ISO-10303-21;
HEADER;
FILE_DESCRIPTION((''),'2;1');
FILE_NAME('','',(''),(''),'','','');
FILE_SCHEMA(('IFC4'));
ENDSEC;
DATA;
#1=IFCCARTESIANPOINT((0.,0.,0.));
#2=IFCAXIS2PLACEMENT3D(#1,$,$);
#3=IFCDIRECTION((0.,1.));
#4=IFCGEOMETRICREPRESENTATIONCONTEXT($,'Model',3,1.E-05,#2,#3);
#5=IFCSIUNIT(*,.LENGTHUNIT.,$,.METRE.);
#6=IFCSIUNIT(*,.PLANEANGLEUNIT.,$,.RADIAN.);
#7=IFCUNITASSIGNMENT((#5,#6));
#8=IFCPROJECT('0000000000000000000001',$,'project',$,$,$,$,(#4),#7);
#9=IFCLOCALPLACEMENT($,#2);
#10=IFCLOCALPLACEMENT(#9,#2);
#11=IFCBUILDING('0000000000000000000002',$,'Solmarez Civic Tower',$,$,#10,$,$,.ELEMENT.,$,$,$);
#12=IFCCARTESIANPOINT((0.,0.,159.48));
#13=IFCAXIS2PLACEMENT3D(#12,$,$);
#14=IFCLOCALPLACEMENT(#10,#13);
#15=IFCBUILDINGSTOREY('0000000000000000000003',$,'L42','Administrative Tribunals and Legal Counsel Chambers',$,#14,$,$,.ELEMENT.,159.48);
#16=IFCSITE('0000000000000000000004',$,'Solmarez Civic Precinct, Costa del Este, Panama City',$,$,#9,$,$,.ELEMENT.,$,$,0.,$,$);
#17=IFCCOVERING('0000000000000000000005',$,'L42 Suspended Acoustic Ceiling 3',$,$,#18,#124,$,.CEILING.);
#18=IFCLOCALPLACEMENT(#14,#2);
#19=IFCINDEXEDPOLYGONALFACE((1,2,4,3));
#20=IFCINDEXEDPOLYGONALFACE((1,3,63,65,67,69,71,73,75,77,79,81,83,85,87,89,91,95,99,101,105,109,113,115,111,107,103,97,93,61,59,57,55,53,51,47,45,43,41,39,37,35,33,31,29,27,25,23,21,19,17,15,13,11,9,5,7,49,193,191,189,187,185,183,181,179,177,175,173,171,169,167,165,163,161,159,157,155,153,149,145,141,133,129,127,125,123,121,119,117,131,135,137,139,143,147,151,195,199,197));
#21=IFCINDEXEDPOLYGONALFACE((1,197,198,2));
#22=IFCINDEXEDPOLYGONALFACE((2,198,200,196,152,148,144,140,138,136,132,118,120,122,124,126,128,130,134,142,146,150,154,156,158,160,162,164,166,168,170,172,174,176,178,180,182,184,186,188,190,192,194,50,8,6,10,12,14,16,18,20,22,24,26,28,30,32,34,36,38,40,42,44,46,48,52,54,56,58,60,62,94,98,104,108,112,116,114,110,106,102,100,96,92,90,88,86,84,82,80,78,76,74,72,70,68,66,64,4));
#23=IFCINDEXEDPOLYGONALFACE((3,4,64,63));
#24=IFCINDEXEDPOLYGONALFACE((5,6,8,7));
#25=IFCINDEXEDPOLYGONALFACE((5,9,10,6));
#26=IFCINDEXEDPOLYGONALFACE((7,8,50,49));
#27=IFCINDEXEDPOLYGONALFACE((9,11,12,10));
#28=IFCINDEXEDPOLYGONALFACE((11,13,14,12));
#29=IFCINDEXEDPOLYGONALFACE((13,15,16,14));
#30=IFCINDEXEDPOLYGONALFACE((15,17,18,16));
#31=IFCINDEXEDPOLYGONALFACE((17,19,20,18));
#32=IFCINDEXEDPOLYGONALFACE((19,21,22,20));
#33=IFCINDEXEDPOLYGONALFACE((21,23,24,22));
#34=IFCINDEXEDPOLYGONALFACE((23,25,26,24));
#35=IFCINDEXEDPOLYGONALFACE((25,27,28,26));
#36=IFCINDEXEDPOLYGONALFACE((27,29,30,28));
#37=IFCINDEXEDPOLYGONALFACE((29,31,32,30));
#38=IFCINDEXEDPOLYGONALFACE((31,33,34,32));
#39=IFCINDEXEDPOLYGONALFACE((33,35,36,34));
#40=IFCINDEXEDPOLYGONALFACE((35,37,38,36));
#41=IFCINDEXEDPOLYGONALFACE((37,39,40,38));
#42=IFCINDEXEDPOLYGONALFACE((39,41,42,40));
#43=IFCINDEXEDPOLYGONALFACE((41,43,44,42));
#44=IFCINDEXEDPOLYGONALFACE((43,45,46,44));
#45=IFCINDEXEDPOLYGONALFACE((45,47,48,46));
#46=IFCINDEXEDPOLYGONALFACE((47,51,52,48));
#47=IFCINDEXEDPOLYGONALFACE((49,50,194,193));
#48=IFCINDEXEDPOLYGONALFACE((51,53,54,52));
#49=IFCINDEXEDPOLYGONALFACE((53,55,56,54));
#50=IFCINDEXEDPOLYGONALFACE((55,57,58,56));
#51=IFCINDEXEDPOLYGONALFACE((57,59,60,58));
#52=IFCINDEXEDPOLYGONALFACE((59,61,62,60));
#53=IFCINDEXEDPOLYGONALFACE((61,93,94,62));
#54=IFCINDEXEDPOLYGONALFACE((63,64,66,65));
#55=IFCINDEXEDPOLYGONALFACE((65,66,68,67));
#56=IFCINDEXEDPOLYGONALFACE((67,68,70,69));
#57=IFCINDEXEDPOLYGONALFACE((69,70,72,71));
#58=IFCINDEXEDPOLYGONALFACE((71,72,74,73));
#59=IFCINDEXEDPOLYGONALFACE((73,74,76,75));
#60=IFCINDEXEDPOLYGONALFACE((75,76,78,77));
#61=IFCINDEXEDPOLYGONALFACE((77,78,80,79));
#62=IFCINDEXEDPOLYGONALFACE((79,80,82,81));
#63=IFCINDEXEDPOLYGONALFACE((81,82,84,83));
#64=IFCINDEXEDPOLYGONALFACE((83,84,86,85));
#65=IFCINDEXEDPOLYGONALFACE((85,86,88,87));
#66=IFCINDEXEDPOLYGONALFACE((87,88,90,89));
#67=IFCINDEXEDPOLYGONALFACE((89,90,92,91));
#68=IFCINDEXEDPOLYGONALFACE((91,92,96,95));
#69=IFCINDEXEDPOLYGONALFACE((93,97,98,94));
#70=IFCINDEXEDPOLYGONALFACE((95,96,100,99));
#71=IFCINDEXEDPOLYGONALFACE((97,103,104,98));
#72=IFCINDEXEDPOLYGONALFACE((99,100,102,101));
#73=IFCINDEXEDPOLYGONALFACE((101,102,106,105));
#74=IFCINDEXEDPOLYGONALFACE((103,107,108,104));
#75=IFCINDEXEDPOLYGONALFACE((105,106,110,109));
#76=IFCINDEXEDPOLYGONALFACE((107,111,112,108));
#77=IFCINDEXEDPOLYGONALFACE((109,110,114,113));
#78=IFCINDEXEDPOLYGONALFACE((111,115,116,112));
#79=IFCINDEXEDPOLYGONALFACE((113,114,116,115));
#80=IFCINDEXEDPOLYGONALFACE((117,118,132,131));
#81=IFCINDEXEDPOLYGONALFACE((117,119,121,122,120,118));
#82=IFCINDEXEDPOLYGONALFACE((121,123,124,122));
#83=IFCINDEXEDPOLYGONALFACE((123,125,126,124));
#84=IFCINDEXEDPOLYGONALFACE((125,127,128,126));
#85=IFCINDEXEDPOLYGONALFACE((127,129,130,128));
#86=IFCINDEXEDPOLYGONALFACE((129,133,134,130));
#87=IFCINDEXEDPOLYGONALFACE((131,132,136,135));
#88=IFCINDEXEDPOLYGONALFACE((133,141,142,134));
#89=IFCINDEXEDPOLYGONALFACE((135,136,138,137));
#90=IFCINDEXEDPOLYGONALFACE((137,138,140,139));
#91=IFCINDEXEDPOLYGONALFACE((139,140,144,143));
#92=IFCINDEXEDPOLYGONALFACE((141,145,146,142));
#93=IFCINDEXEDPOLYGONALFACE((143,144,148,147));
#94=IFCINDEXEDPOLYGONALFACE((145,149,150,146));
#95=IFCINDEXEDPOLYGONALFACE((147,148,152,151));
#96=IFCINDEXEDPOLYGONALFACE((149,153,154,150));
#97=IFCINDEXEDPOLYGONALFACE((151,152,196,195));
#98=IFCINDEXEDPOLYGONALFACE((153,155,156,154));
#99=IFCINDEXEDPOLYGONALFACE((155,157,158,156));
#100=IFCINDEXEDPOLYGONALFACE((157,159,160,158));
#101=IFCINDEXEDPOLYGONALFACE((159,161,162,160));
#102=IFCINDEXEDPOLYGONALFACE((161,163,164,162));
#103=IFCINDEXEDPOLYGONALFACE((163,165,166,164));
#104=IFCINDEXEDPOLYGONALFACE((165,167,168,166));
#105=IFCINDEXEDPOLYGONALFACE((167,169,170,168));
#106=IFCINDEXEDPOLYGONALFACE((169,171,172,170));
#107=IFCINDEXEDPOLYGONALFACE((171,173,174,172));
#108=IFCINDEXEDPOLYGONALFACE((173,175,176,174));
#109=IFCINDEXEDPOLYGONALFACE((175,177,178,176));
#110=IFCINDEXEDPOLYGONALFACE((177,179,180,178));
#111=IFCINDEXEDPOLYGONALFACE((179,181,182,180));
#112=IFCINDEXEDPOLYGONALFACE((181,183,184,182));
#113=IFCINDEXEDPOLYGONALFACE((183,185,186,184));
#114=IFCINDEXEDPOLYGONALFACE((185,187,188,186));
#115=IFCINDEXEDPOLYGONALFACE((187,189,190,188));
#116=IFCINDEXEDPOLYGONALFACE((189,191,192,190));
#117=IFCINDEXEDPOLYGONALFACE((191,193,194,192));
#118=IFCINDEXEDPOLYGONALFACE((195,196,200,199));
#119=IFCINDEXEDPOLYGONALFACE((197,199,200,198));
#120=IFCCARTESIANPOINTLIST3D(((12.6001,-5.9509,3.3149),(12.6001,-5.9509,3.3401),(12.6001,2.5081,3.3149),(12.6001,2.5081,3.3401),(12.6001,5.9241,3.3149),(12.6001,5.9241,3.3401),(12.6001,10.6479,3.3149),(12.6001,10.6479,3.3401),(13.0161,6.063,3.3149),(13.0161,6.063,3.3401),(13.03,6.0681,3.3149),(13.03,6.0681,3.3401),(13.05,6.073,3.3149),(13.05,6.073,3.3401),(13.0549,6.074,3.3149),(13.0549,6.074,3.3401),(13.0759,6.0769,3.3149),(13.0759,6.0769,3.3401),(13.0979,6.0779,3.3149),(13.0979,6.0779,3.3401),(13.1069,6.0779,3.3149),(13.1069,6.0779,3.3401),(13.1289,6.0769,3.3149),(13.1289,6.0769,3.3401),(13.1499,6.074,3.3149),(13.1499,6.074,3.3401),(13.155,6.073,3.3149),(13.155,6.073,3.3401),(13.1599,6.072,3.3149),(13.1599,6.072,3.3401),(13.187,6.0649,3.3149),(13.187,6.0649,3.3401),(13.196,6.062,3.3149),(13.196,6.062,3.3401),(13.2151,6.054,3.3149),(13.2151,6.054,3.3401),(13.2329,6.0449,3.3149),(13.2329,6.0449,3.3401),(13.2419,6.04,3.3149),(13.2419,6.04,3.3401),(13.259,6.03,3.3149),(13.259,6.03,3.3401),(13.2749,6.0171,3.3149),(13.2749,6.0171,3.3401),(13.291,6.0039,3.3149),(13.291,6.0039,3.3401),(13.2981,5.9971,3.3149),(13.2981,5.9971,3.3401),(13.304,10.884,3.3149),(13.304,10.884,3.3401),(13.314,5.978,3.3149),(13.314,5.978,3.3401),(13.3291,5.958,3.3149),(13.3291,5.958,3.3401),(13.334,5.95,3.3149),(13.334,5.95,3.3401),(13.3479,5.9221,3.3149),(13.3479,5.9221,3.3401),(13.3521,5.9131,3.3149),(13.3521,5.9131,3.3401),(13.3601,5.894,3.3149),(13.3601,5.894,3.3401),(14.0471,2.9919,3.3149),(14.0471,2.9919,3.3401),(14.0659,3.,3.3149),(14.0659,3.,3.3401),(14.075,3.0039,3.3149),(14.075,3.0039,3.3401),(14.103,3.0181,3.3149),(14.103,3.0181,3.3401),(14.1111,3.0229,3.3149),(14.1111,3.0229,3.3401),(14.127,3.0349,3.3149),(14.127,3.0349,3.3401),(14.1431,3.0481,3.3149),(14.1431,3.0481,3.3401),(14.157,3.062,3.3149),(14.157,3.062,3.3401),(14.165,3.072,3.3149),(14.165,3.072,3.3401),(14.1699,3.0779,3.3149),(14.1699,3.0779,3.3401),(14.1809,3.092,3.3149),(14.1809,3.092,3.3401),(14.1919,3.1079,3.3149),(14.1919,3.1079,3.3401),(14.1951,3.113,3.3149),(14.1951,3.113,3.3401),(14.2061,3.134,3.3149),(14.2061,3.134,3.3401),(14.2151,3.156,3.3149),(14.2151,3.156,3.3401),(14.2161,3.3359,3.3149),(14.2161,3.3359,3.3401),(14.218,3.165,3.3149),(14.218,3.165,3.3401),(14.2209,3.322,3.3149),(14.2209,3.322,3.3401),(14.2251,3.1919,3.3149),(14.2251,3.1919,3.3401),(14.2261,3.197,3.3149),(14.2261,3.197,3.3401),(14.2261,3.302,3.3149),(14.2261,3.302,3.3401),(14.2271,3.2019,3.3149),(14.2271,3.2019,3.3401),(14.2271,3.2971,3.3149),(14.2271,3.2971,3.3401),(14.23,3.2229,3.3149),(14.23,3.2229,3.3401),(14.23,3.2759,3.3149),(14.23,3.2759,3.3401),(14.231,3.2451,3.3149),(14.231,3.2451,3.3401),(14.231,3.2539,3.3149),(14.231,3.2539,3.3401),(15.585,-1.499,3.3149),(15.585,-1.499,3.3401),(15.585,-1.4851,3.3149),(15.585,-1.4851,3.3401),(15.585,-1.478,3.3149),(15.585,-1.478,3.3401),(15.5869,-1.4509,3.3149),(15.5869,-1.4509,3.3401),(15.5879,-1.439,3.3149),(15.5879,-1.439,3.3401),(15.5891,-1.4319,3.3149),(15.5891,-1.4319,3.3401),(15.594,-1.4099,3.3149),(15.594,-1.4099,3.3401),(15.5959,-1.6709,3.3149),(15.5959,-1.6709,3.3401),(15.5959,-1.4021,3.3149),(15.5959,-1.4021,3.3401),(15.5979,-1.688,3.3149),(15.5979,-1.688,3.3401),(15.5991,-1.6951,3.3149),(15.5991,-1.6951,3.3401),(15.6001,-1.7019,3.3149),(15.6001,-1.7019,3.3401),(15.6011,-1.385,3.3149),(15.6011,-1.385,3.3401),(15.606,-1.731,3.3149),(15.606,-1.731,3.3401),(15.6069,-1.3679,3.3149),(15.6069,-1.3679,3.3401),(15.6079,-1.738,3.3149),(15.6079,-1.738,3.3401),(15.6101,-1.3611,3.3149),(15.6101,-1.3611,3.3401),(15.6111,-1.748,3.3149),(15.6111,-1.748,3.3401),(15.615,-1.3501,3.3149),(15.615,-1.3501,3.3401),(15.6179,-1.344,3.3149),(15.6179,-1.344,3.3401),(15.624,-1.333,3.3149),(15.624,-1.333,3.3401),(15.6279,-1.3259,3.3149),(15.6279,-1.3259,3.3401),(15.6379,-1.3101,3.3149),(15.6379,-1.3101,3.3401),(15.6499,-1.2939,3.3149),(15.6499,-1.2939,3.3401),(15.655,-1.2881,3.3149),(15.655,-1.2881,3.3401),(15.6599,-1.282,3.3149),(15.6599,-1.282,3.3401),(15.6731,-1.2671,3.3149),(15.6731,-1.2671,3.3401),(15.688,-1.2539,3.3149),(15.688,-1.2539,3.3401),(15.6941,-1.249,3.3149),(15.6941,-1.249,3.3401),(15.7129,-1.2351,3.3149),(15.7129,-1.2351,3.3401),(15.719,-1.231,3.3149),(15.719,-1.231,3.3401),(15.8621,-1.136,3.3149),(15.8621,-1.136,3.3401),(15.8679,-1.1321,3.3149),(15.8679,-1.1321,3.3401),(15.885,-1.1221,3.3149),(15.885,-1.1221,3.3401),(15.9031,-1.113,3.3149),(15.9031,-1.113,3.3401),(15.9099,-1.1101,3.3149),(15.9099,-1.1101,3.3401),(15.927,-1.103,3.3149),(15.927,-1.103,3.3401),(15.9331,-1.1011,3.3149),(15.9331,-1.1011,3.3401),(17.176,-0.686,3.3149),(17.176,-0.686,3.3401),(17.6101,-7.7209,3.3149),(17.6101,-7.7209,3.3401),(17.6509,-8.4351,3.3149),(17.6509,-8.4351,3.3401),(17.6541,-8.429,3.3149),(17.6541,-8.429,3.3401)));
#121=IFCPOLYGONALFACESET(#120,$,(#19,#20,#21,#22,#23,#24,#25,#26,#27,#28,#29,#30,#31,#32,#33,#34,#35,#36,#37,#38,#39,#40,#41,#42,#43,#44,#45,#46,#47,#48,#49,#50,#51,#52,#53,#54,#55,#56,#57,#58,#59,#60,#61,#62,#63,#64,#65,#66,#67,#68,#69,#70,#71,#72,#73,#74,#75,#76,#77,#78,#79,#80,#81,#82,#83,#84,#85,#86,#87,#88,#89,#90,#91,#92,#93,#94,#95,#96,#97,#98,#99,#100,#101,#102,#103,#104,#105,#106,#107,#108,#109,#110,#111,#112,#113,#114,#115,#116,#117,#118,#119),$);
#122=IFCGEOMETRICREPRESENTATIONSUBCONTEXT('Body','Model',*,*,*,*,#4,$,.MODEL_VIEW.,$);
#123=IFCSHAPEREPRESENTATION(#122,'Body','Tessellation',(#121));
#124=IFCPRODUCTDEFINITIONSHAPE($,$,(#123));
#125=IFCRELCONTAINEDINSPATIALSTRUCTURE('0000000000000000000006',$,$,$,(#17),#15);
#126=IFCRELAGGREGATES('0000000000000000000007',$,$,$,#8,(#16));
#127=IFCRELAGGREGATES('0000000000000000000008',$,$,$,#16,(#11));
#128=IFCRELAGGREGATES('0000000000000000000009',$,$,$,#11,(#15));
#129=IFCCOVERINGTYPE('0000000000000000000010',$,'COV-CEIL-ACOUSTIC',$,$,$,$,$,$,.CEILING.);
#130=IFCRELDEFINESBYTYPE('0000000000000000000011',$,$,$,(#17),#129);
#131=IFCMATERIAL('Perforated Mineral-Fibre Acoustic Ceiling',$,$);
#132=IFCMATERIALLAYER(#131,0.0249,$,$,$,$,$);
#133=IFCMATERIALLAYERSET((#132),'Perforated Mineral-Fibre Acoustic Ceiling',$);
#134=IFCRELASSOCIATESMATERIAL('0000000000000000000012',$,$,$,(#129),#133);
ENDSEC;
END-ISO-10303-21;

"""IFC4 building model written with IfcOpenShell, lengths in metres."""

from ifc_helpers import new_model, si_unit, direction, frame, origin, place, context, subcontext, project, spatial, polyline, outline, extrude, material, layer, layer_set, type_object, element, save


model = new_model("IFC4")

# Units and contexts
model_context = context("Model", 3, precision=1e-05, world=origin(), true_north=direction((0.0, 1.0)))
body_context = subcontext(model_context, "Body", "Model", "MODEL_VIEW")
ifc_project = project(units=[si_unit("LENGTHUNIT", "METRE"), si_unit("PLANEANGLEUNIT", "RADIAN")], contexts=[model_context])

# Site, building, storey
site_placement = place(None, origin())
site = spatial("IfcSite", under=ifc_project, at=site_placement, Name="Solmarez Civic Precinct, Costa del Este, Panama City", CompositionType="ELEMENT", RefElevation=0.0)
building_placement = place(site_placement, origin())
building = spatial("IfcBuilding", under=site, at=building_placement, Name="Solmarez Civic Tower", CompositionType="ELEMENT")
storey_placement = place(building_placement, frame((0.0, 0.0, 159.48)))
storey = spatial("IfcBuildingStorey", under=building, at=storey_placement, Name="L42", Description="Administrative Tribunals and Legal Counsel Chambers", CompositionType="ELEMENT", Elevation=159.48)

# Covering
ifc_material_1 = material(Name="Perforated Mineral-Fibre Acoustic Ceiling")
ifc_layer_1 = layer(ifc_material_1, 0.0249)
ifc_layer_set_1 = layer_set([ifc_layer_1], Name="Perforated Mineral-Fibre Acoustic Ceiling")
covering_type_1 = type_object("IfcCoveringType", Name="COV-CEIL-ACOUSTIC", PredefinedType="CEILING", material=ifc_layer_set_1)
covering_1_placement = place(storey_placement, frame((0.0, 0.0, 3.3149)))
element("IfcCovering", 1, at=covering_1_placement, inside=storey, type_object=covering_type_1, Name="L42 Suspended Acoustic Ceiling 3", PredefinedType="CEILING", context=body_context, shape_type="SweptSolid", body=[
    extrude(outline(polyline([(12.6001, 10.6479), (12.6001, 5.9241), (13.0161, 6.063), (13.03, 6.0681), (13.05, 6.073), (13.0549, 6.074), (13.0759, 6.0769), (13.0979, 6.0779), (13.1069, 6.0779), (13.1289, 6.0769), (13.1499, 6.074), (13.155, 6.073), (13.1599, 6.072), (13.187, 6.0649), (13.196, 6.062), (13.2151, 6.054), (13.2329, 6.0449), (13.2419, 6.04), (13.259, 6.03), (13.2749, 6.0171), (13.291, 6.0039), (13.2981, 5.9971), (13.314, 5.978), (13.3291, 5.958), (13.334, 5.95), (13.3479, 5.9221), (13.3521, 5.9131), (13.3601, 5.894), (14.2161, 3.3359), (14.2209, 3.322), (14.2261, 3.302), (14.2271, 3.2971), (14.23, 3.2759), (14.231, 3.2539), (14.231, 3.2451), (14.23, 3.2229), (14.2271, 3.2019), (14.2261, 3.197), (14.2251, 3.1919), (14.218, 3.165), (14.2151, 3.156), (14.2061, 3.134), (14.1951, 3.113), (14.1919, 3.1079), (14.1809, 3.092), (14.1699, 3.0779), (14.165, 3.072), (14.157, 3.062), (14.1431, 3.0481), (14.127, 3.0349), (14.1111, 3.0229), (14.103, 3.0181), (14.075, 3.0039), (14.0659, 3.0), (14.0471, 2.9919), (12.6001, 2.5081), (12.6001, -5.9509), (17.6509, -8.4351), (17.6541, -8.429), (17.6101, -7.7209), (15.6111, -1.748), (15.6079, -1.738), (15.606, -1.731), (15.6001, -1.7019), (15.5991, -1.6951), (15.5979, -1.688), (15.5959, -1.6709), (15.585, -1.499), (15.585, -1.4851), (15.585, -1.478), (15.5869, -1.4509), (15.5879, -1.439), (15.5891, -1.4319), (15.594, -1.4099), (15.5959, -1.4021), (15.6011, -1.385), (15.6069, -1.3679), (15.6101, -1.3611), (15.615, -1.3501), (15.6179, -1.344), (15.624, -1.333), (15.6279, -1.3259), (15.6379, -1.3101), (15.6499, -1.2939), (15.655, -1.2881), (15.6599, -1.282), (15.6731, -1.2671), (15.688, -1.2539), (15.6941, -1.249), (15.7129, -1.2351), (15.719, -1.231), (15.8621, -1.136), (15.8679, -1.1321), (15.885, -1.1221), (15.9031, -1.113), (15.9099, -1.1101), (15.927, -1.103), (15.9331, -1.1011), (17.176, -0.686), (13.304, 10.884), (12.6001, 10.6479)])), origin(), (0.0, 0.0, 1.0), 0.0251),
])

save(model, "model.ifc")
